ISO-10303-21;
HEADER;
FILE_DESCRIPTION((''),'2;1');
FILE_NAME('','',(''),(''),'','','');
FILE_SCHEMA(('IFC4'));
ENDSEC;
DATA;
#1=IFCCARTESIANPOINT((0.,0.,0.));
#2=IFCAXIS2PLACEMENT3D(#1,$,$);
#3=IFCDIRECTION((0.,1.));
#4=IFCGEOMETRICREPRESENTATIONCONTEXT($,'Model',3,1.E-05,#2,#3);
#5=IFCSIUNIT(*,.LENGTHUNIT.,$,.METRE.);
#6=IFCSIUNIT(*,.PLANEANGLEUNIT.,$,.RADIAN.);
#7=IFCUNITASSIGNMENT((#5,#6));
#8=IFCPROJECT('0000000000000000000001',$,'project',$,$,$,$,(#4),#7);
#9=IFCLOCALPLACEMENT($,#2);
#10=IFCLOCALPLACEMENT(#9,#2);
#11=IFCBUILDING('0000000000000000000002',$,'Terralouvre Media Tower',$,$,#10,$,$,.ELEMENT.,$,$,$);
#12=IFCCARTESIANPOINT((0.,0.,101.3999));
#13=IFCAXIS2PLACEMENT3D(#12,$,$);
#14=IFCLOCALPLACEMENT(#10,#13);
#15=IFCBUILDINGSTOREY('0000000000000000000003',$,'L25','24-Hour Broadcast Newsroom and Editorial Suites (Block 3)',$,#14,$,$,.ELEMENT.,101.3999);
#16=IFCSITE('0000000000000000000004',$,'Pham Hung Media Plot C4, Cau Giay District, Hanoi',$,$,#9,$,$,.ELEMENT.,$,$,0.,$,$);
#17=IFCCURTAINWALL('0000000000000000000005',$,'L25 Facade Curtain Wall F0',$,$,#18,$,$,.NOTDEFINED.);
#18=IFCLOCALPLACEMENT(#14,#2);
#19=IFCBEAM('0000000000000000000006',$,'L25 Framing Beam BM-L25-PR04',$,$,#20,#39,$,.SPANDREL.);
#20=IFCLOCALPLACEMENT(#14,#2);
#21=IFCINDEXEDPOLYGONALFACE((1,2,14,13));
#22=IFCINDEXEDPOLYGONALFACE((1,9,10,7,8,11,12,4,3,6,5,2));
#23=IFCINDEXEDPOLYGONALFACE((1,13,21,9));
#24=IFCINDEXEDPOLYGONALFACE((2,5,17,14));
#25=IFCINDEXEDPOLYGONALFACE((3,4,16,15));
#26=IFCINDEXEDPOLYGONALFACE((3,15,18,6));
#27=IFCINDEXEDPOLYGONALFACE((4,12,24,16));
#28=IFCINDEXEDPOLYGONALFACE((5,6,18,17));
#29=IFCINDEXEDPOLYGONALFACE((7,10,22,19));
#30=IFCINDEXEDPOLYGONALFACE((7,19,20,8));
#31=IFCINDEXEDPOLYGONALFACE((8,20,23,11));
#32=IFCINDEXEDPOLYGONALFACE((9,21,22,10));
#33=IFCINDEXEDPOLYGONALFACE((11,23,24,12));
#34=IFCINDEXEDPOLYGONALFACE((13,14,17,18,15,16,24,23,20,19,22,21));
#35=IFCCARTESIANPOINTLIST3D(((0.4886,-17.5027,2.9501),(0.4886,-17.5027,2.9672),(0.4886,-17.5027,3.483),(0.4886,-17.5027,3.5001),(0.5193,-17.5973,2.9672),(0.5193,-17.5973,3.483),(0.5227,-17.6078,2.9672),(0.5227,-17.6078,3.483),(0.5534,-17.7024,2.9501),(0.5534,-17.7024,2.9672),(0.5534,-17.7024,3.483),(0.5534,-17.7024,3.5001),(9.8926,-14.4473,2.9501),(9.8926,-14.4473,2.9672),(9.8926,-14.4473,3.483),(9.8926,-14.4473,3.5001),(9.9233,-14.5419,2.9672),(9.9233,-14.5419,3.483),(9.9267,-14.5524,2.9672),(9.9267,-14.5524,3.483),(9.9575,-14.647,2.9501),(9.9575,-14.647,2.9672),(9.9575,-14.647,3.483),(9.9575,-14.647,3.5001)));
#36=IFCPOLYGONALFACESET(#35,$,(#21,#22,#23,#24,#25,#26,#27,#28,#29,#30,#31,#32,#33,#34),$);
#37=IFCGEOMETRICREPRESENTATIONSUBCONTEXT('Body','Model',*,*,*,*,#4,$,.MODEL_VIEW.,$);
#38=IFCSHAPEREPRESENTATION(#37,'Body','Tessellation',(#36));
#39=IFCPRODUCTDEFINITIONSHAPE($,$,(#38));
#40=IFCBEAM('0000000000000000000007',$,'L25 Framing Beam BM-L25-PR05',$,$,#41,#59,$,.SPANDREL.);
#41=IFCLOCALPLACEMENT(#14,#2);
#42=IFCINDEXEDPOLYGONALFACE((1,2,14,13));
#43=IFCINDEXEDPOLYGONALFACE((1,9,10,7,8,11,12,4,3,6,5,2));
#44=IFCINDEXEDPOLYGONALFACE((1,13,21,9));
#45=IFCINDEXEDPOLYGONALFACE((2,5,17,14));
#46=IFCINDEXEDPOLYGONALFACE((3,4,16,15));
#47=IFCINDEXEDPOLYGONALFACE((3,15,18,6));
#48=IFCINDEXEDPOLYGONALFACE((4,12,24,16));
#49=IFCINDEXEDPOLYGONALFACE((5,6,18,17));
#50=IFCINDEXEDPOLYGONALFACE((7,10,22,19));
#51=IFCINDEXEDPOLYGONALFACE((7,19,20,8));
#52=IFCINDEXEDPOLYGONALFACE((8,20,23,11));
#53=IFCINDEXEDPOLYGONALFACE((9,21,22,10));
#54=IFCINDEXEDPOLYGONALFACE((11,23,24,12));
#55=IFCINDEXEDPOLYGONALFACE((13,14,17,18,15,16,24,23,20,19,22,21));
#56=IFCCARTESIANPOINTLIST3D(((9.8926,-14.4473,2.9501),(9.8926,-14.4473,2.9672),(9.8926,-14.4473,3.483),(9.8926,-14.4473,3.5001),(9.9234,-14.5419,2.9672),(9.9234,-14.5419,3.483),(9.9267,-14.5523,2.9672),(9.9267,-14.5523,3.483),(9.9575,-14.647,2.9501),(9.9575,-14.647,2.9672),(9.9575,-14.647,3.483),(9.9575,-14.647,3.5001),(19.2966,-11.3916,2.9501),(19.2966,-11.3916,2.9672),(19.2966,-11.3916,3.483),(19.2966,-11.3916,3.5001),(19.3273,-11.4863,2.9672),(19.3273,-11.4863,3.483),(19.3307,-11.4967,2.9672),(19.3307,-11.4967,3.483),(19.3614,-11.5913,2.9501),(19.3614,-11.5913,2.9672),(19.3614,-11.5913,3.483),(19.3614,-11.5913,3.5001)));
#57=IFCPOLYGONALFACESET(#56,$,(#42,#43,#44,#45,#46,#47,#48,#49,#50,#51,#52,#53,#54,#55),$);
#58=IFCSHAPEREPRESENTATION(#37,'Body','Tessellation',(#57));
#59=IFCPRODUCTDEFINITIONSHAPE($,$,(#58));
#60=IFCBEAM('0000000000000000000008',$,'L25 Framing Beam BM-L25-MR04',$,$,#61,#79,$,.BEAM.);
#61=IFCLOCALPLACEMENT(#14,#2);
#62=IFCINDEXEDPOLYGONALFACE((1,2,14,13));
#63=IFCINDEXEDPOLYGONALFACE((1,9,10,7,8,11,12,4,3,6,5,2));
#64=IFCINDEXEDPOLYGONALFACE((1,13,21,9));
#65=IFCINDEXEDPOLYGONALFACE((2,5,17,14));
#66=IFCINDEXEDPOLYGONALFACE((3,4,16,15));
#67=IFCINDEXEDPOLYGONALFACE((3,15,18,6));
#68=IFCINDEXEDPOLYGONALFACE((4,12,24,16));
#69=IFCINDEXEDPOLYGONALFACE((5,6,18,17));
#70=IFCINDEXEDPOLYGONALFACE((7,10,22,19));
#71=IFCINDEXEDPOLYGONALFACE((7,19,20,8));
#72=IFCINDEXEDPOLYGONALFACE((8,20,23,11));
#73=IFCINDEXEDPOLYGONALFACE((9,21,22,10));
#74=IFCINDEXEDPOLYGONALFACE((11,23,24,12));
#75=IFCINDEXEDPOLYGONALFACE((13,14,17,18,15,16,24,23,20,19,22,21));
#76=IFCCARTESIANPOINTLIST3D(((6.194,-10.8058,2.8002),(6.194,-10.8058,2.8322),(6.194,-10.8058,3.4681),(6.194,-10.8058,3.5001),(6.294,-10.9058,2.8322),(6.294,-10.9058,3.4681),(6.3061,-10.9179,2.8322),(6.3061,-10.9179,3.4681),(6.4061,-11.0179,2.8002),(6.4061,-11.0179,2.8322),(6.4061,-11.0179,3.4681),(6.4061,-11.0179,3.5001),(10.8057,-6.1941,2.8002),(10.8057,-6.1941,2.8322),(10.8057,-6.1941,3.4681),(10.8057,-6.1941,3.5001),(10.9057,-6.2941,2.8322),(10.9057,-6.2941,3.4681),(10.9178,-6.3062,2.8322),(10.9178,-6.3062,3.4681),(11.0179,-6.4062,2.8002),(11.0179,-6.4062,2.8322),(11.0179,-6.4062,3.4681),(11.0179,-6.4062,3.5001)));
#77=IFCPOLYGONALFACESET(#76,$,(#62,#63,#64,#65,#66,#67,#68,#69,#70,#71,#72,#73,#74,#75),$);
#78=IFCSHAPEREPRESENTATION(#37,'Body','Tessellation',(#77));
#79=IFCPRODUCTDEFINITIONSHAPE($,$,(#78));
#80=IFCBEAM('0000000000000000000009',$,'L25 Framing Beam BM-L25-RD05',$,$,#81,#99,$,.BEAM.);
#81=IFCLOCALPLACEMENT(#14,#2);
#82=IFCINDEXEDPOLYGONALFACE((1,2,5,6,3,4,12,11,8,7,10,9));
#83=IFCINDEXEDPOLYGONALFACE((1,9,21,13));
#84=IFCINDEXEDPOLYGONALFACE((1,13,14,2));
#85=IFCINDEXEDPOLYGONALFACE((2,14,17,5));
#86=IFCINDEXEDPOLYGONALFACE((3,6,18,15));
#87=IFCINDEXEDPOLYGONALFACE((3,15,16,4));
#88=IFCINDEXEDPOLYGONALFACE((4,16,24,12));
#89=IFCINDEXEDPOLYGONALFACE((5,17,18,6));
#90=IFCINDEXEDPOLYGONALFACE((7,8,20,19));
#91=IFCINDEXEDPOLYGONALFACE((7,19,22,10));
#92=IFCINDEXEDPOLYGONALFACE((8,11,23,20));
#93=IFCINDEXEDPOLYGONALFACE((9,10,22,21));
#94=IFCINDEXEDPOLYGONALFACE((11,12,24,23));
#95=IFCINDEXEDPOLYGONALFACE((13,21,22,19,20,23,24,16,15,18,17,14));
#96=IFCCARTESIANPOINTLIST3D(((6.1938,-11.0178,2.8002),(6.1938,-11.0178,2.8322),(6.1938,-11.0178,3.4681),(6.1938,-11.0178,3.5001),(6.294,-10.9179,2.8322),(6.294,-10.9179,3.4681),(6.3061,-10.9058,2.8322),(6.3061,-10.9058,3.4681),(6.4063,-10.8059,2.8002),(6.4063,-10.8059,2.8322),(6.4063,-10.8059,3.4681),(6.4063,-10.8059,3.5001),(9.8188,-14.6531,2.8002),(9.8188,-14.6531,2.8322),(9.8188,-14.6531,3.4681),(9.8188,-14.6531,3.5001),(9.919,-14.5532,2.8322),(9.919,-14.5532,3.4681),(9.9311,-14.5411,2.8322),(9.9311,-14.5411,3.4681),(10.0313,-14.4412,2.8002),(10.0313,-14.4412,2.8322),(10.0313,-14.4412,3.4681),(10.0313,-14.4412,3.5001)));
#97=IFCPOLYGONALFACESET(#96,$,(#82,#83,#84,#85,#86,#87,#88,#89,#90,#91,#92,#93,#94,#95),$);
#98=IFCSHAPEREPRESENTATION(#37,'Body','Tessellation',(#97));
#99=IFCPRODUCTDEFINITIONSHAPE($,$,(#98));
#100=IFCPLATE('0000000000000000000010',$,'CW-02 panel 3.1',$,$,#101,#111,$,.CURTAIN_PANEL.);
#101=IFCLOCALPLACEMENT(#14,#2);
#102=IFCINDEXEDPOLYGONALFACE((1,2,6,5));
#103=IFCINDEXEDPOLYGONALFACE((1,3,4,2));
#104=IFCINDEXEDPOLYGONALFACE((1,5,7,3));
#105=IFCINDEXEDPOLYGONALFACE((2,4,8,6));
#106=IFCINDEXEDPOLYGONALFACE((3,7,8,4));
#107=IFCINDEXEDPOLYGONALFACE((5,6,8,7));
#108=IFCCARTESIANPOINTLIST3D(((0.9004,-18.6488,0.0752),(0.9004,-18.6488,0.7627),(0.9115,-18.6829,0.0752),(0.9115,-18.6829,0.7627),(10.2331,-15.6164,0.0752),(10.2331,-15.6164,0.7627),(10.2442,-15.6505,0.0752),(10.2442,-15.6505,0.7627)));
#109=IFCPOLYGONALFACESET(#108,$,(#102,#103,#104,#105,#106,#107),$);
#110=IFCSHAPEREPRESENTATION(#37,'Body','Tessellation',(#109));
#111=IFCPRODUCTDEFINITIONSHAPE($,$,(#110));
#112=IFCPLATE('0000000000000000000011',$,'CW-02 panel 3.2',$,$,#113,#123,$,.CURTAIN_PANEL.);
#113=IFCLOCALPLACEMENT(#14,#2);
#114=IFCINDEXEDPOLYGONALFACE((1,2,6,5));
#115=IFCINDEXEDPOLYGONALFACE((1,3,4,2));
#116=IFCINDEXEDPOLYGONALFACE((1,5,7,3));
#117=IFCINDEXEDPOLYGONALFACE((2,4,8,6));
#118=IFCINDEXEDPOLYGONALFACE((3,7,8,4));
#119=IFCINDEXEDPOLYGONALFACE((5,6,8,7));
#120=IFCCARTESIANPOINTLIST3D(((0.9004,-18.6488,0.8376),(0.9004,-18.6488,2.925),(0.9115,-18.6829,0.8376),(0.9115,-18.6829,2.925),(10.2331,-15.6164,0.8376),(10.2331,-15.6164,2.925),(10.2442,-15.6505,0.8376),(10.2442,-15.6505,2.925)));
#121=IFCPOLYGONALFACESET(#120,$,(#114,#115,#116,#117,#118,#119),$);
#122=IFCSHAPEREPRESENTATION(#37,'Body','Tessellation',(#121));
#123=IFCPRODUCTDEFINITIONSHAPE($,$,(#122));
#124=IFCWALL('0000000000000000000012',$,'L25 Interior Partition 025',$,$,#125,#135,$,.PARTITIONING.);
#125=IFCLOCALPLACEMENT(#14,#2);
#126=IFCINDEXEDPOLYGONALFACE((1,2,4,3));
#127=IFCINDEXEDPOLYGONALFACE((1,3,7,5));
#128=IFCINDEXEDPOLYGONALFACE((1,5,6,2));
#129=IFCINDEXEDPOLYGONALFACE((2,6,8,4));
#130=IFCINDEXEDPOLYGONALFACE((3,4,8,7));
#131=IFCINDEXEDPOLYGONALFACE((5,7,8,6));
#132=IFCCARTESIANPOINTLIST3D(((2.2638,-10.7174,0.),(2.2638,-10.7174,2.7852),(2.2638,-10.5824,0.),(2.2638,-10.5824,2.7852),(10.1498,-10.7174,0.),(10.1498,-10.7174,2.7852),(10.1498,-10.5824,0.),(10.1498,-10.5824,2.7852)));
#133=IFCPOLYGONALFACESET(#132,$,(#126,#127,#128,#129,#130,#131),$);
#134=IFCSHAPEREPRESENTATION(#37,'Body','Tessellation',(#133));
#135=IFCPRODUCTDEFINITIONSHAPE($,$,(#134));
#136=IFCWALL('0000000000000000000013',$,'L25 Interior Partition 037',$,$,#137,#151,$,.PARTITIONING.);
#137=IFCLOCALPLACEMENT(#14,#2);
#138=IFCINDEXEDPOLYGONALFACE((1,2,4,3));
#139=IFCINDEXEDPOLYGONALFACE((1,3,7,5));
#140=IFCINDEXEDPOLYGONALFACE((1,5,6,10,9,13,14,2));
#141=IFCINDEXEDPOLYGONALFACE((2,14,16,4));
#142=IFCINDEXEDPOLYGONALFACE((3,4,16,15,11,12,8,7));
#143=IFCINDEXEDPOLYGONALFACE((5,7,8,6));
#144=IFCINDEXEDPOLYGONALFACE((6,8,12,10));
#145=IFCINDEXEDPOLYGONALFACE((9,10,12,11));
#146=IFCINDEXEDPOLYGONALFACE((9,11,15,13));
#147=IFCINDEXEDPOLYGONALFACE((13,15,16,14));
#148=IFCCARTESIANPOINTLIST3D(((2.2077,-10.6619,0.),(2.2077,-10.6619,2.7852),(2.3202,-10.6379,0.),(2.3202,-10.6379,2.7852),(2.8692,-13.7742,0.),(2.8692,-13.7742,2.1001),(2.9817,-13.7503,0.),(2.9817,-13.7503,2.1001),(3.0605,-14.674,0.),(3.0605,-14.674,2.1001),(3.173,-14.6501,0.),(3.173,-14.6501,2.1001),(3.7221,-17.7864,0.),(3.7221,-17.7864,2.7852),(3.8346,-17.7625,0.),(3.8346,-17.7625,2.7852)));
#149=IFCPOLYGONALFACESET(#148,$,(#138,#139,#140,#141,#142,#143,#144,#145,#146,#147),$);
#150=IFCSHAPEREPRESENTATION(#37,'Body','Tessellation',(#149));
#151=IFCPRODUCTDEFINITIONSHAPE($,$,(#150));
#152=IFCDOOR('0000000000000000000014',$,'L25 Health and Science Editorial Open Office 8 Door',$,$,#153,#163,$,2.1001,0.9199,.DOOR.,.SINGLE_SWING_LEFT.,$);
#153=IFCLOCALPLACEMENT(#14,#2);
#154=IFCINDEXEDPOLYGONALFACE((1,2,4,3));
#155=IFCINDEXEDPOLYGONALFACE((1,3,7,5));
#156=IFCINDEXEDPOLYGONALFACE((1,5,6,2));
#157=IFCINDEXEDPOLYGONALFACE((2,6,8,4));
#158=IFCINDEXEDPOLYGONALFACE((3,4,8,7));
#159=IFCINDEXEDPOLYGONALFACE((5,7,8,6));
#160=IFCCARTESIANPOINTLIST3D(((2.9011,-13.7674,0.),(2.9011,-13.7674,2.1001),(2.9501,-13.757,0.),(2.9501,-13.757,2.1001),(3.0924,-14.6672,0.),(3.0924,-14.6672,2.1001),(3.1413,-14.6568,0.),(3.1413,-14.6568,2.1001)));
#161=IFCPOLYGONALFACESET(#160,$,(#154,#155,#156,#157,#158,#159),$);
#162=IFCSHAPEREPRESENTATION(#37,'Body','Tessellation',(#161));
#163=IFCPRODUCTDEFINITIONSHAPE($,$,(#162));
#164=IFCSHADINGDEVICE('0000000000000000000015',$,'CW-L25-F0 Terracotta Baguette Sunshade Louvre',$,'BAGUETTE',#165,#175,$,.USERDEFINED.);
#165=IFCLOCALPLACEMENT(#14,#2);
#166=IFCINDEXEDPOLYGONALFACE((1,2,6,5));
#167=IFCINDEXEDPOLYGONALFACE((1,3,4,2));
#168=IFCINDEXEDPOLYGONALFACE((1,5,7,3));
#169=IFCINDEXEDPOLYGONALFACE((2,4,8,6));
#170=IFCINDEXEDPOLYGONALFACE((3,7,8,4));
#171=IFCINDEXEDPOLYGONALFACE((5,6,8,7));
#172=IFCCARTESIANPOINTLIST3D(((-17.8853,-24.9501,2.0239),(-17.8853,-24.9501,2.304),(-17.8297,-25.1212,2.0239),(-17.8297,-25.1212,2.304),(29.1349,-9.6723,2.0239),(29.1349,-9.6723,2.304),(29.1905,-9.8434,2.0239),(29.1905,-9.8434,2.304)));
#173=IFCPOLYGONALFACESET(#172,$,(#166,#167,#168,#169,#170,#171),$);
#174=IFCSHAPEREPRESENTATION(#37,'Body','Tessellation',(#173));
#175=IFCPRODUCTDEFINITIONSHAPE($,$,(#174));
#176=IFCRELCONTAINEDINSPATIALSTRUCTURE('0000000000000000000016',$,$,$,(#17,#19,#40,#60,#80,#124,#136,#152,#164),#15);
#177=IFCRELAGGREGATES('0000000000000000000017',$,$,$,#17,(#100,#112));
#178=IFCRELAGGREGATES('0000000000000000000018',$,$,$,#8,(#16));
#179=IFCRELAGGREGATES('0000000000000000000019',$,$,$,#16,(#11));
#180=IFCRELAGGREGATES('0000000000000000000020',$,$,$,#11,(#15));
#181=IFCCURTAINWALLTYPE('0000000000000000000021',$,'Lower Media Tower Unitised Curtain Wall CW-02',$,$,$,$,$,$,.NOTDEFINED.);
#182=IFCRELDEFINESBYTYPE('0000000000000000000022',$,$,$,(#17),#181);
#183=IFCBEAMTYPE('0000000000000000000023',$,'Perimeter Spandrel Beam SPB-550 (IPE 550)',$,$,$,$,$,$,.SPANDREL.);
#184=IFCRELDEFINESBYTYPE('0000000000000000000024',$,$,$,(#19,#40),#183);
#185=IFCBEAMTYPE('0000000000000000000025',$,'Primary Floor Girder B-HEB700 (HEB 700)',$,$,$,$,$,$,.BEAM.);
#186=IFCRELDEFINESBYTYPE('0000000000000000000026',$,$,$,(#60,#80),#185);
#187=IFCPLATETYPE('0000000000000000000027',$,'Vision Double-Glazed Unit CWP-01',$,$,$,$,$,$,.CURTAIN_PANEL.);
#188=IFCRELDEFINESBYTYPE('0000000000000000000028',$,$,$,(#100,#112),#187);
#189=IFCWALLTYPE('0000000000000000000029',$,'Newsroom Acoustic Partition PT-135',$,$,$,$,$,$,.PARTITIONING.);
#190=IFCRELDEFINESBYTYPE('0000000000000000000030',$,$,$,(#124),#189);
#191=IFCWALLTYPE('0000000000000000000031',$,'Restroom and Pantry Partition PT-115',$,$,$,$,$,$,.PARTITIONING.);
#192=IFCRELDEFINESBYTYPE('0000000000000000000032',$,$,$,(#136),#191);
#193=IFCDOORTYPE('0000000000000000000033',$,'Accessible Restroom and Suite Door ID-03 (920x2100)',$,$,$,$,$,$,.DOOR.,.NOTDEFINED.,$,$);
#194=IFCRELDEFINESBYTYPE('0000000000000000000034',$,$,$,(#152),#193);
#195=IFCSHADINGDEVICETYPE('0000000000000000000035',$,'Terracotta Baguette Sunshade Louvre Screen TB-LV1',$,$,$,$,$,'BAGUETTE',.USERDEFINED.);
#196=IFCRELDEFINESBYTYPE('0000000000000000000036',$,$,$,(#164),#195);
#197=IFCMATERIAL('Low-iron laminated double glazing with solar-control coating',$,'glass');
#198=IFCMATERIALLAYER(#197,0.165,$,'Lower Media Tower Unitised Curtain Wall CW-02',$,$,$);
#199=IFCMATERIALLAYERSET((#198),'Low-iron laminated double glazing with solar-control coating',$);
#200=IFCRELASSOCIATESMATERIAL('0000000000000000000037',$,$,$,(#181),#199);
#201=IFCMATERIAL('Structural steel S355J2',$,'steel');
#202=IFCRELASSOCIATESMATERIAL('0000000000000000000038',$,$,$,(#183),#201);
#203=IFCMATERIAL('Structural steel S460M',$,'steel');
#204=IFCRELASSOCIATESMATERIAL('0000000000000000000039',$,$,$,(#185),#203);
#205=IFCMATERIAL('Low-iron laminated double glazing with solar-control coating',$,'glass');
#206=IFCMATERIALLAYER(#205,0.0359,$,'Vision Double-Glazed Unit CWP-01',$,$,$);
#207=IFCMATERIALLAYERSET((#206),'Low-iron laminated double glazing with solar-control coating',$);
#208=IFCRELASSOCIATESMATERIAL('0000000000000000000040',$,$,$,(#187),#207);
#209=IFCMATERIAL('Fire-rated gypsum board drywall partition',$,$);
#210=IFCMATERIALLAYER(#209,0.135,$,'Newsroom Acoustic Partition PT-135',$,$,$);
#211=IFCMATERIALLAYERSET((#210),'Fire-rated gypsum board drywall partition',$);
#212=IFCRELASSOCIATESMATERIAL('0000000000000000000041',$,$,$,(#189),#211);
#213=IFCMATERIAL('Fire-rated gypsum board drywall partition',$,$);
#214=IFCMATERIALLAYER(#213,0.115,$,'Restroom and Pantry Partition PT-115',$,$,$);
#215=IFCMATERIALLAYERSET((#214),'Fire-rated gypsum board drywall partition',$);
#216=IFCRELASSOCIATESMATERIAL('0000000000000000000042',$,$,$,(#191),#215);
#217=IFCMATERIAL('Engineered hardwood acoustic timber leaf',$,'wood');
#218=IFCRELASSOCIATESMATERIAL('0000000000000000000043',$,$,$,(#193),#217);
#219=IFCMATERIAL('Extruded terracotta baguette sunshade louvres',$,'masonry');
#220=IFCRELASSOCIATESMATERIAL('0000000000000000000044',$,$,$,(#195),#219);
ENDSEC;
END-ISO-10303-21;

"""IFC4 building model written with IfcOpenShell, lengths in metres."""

from ifc_helpers import new_model, si_unit, direction, frame, frame_2d, origin, origin_2d, place, context, subcontext, project, spatial, rectangle, i_section, extrude, material, layer, layer_set, material_profile, profile_set, type_object, element, fill, aggregate, save


model = new_model("IFC4")

# Units and contexts
model_context = context("Model", 3, precision=1e-05, world=origin(), true_north=direction((0.0, 1.0)))
body_context = subcontext(model_context, "Body", "Model", "MODEL_VIEW")
ifc_project = project(units=[si_unit("LENGTHUNIT", "METRE"), si_unit("PLANEANGLEUNIT", "RADIAN")], contexts=[model_context])

# Site, building, storey
site_placement = place(None, origin())
site = spatial("IfcSite", under=ifc_project, at=site_placement, Name="Pham Hung Media Plot C4, Cau Giay District, Hanoi", CompositionType="ELEMENT", RefElevation=0.0)
building_placement = place(site_placement, origin())
building = spatial("IfcBuilding", under=site, at=building_placement, Name="Terralouvre Media Tower", CompositionType="ELEMENT")
storey_placement = place(building_placement, frame((0.0, 0.0, 101.3999)))
storey = spatial("IfcBuildingStorey", under=building, at=storey_placement, Name="L25", Description="24-Hour Broadcast Newsroom and Editorial Suites (Block 3)", CompositionType="ELEMENT", Elevation=101.3999)

# Curtain wall
ifc_material_1 = material(Name="Low-iron laminated double glazing with solar-control coating", Category="glass")
ifc_layer_1 = layer(ifc_material_1, 0.165, Name="Lower Media Tower Unitised Curtain Wall CW-02")
ifc_layer_set_1 = layer_set([ifc_layer_1], Name="Low-iron laminated double glazing with solar-control coating")
curtain_wall_type = type_object("IfcCurtainWallType", Name="Lower Media Tower Unitised Curtain Wall CW-02", PredefinedType="NOTDEFINED", material=ifc_layer_set_1)
curtain_wall_placement = place(storey_placement, origin())
curtain_wall = element("IfcCurtainWall", 1, at=curtain_wall_placement, inside=storey, type_object=curtain_wall_type, Name="L25 Facade Curtain Wall F0", PredefinedType="NOTDEFINED")

# Beams
ifc_material_2 = material(Name="Structural steel S355J2", Category="steel")
ifc_material_profile_1 = material_profile(ifc_material_2, i_section(OverallWidth=0.21, OverallDepth=0.55, WebThickness=0.011, FlangeThickness=0.0171, at=origin_2d()), Name="IPE 550")
ifc_profile_set_1 = profile_set([ifc_material_profile_1], Name="Structural steel S355J2")
beam_type_1 = type_object("IfcBeamType", Name="Perimeter Spandrel Beam SPB-550 (IPE 550)", PredefinedType="SPANDREL", material=ifc_profile_set_1)
for number, where, z_axis, x_axis, name in (
    (2, (0.521, -17.6025, 3.2251), (0.951061, 0.309004, 0.0), (-0.309004, 0.951061, 0.0), "L25 Framing Beam BM-L25-PR04"),
    (3, (9.925, -14.5471, 3.2251), (0.951053, 0.309026, 0.0), (-0.309026, 0.951053, 0.0), "L25 Framing Beam BM-L25-PR05"),
):
    element("IfcBeam", number, at=place(storey_placement, frame(where, z_axis=z_axis, x_axis=x_axis)), inside=storey, type_object=beam_type_1, Name=name, PredefinedType="SPANDREL", context=body_context, shape_type="SweptSolid", body=[
        extrude(i_section(OverallWidth=0.21, OverallDepth=0.55, WebThickness=0.011, FlangeThickness=0.0171, at=origin_2d()), origin(), (0.0, 0.0, 1.0), 9.8879),
    ])
ifc_material_3 = material(Name="Structural steel S460M", Category="steel")
ifc_material_profile_2 = material_profile(ifc_material_3, i_section(OverallWidth=0.3, OverallDepth=0.7, WebThickness=0.0171, FlangeThickness=0.032, at=origin_2d()), Name="HEB 700")
ifc_profile_set_2 = profile_set([ifc_material_profile_2], Name="Structural steel S460M")
beam_type_2 = type_object("IfcBeamType", Name="Primary Floor Girder B-HEB700 (HEB 700)", PredefinedType="BEAM", material=ifc_profile_set_2)
beam_1_placement = place(storey_placement, frame((6.3, -10.9119, 3.1501), z_axis=(0.707107, 0.707107, 0.0), x_axis=(-0.707107, 0.707107, 0.0)))
element("IfcBeam", 4, at=beam_1_placement, inside=storey, type_object=beam_type_2, Name="L25 Framing Beam BM-L25-MR04", PredefinedType="BEAM", context=body_context, shape_type="SweptSolid", body=[
    extrude(i_section(OverallWidth=0.3, OverallDepth=0.7, WebThickness=0.0171, FlangeThickness=0.032, at=origin_2d()), origin(), (0.0, 0.0, 1.0), 6.522),
])
beam_2_placement = place(storey_placement, frame((6.3, -10.9119, 3.1501), z_axis=(0.706107, -0.708105, 0.0), x_axis=(0.708105, 0.706107, 0.0)))
element("IfcBeam", 5, at=beam_2_placement, inside=storey, type_object=beam_type_2, Name="L25 Framing Beam BM-L25-RD05", PredefinedType="BEAM", context=body_context, shape_type="SweptSolid", body=[
    extrude(i_section(OverallWidth=0.3, OverallDepth=0.7, WebThickness=0.0171, FlangeThickness=0.032, at=origin_2d()), origin(), (0.0, 0.0, 1.0), 5.1338),
])

# Plates
ifc_material_4 = material(Name="Low-iron laminated double glazing with solar-control coating", Category="glass")
ifc_layer_2 = layer(ifc_material_4, 0.0359, Name="Vision Double-Glazed Unit CWP-01")
ifc_layer_set_2 = layer_set([ifc_layer_2], Name="Low-iron laminated double glazing with solar-control coating")
plate_type = type_object("IfcPlateType", Name="Vision Double-Glazed Unit CWP-01", PredefinedType="CURTAIN_PANEL", material=ifc_layer_set_2)
plate_1_placement = place(storey_placement, frame((5.5723, -17.1497, 0.0752), z_axis=(0.0, 0.0, 1.0), x_axis=(0.951057, 0.309017, 0.0)))
plate_1 = element("IfcPlate", 6, at=plate_1_placement, type_object=plate_type, Name="CW-02 panel 3.1", PredefinedType="CURTAIN_PANEL", context=body_context, shape_type="SweptSolid", body=[
    extrude(rectangle(XDim=9.813, YDim=0.0359, at=origin_2d()), origin(), (0.0, 0.0, 1.0), 0.6875),
])
plate_2_placement = place(storey_placement, frame((5.5723, -17.1497, 0.8376), z_axis=(0.0, 0.0, 1.0), x_axis=(0.951057, 0.309017, 0.0)))
plate_2 = element("IfcPlate", 7, at=plate_2_placement, type_object=plate_type, Name="CW-02 panel 3.2", PredefinedType="CURTAIN_PANEL", context=body_context, shape_type="SweptSolid", body=[
    extrude(rectangle(XDim=9.813, YDim=0.0359, at=origin_2d()), origin(), (0.0, 0.0, 1.0), 2.0874),
])
aggregate(curtain_wall, [plate_1, plate_2])

# Wall
ifc_material_5 = material(Name="Fire-rated gypsum board drywall partition")
ifc_layer_3 = layer(ifc_material_5, 0.135, Name="Newsroom Acoustic Partition PT-135")
ifc_layer_set_3 = layer_set([ifc_layer_3], Name="Fire-rated gypsum board drywall partition")
wall_type_1 = type_object("IfcWallType", Name="Newsroom Acoustic Partition PT-135", PredefinedType="PARTITIONING", material=ifc_layer_set_3)
wall_1_placement = place(storey_placement, frame((2.2639, -10.6499, 0.0), z_axis=(0.0, 0.0, 1.0), x_axis=(1.0, 0.0, 0.0)))
element("IfcWall", 8, at=wall_1_placement, inside=storey, type_object=wall_type_1, Name="L25 Interior Partition 025", PredefinedType="PARTITIONING", context=body_context, shape_type="SweptSolid", body=[
    extrude(rectangle(XDim=7.886, YDim=0.135, at=frame_2d((3.9429, 0.0))), origin(), (0.0, 0.0, 1.0), 2.7852),
])

# Wall, opening, door
ifc_material_6 = material(Name="Fire-rated gypsum board drywall partition")
ifc_layer_4 = layer(ifc_material_6, 0.115, Name="Restroom and Pantry Partition PT-115")
ifc_layer_set_4 = layer_set([ifc_layer_4], Name="Fire-rated gypsum board drywall partition")
wall_type_2 = type_object("IfcWallType", Name="Restroom and Pantry Partition PT-115", PredefinedType="PARTITIONING", material=ifc_layer_set_4)
wall_2_placement = place(storey_placement, frame((3.7783, -17.7744, 0.0), z_axis=(0.0, 0.0, 1.0), x_axis=(-0.207917, 0.978146, 0.0)))
wall_2 = element("IfcWall", 9, at=wall_2_placement, inside=storey, type_object=wall_type_2, Name="L25 Interior Partition 037", PredefinedType="PARTITIONING", context=body_context, shape_type="SweptSolid", body=[
    extrude(rectangle(XDim=7.2837, YDim=0.115, at=frame_2d((3.6418, 0.0))), origin(), (0.0, 0.0, 1.0), 2.7852),
])
opening_placement = place(wall_2_placement, frame((3.1819, 0.0, 0.0)))
opening = element("IfcOpeningElement", 10, at=opening_placement, cuts=wall_2, PredefinedType="OPENING", context=body_context, shape_type="SweptSolid", body=[
    extrude(rectangle(XDim=0.9199, YDim=2.1001, at=frame_2d((0.46, 1.05))), frame((0.0, 0.0674, 0.0), z_axis=(0.0, -1.0, 0.0), x_axis=(1.0, 0.0, 0.0)), (0.0, 0.0, 1.0), 0.135),
])
ifc_material_7 = material(Name="Engineered hardwood acoustic timber leaf", Category="wood")
door_type = type_object("IfcDoorType", Name="Accessible Restroom and Suite Door ID-03 (920x2100)", OperationType="NOTDEFINED", PredefinedType="DOOR", material=ifc_material_7)
door_placement = place(opening_placement, origin())
door = element("IfcDoor", 11, at=door_placement, inside=storey, type_object=door_type, Name="L25 Health and Science Editorial Open Office 8 Door", OperationType="SINGLE_SWING_LEFT", OverallHeight=2.1001, OverallWidth=0.9199, PredefinedType="DOOR", context=body_context, shape_type="SweptSolid", body=[
    extrude(rectangle(XDim=0.9199, YDim=2.1001, at=frame_2d((0.46, 1.05))), frame((0.0, 0.0249, 0.0), z_axis=(0.0, -1.0, 0.0), x_axis=(1.0, 0.0, 0.0)), (0.0, 0.0, 1.0), 0.05),
])
fill(opening, door)

# Shading device
ifc_material_8 = material(Name="Extruded terracotta baguette sunshade louvres", Category="masonry")
shading_device_type = type_object("IfcShadingDeviceType", Name="Terracotta Baguette Sunshade Louvre Screen TB-LV1", ElementType="BAGUETTE", PredefinedType="USERDEFINED", material=ifc_material_8)
shading_device_placement = place(storey_placement, frame((5.6526, -17.3967, 2.0239), z_axis=(0.0, 0.0, 1.0), x_axis=(0.951057, 0.309017, 0.0)))
element("IfcShadingDevice", 12, at=shading_device_placement, inside=storey, type_object=shading_device_type, Name="CW-L25-F0 Terracotta Baguette Sunshade Louvre", ObjectType="BAGUETTE", PredefinedType="USERDEFINED", context=body_context, shape_type="SweptSolid", body=[
    extrude(rectangle(XDim=49.4399, YDim=0.1799, at=origin_2d()), origin(), (0.0, 0.0, 1.0), 0.28),
])

save(model, "model.ifc")
